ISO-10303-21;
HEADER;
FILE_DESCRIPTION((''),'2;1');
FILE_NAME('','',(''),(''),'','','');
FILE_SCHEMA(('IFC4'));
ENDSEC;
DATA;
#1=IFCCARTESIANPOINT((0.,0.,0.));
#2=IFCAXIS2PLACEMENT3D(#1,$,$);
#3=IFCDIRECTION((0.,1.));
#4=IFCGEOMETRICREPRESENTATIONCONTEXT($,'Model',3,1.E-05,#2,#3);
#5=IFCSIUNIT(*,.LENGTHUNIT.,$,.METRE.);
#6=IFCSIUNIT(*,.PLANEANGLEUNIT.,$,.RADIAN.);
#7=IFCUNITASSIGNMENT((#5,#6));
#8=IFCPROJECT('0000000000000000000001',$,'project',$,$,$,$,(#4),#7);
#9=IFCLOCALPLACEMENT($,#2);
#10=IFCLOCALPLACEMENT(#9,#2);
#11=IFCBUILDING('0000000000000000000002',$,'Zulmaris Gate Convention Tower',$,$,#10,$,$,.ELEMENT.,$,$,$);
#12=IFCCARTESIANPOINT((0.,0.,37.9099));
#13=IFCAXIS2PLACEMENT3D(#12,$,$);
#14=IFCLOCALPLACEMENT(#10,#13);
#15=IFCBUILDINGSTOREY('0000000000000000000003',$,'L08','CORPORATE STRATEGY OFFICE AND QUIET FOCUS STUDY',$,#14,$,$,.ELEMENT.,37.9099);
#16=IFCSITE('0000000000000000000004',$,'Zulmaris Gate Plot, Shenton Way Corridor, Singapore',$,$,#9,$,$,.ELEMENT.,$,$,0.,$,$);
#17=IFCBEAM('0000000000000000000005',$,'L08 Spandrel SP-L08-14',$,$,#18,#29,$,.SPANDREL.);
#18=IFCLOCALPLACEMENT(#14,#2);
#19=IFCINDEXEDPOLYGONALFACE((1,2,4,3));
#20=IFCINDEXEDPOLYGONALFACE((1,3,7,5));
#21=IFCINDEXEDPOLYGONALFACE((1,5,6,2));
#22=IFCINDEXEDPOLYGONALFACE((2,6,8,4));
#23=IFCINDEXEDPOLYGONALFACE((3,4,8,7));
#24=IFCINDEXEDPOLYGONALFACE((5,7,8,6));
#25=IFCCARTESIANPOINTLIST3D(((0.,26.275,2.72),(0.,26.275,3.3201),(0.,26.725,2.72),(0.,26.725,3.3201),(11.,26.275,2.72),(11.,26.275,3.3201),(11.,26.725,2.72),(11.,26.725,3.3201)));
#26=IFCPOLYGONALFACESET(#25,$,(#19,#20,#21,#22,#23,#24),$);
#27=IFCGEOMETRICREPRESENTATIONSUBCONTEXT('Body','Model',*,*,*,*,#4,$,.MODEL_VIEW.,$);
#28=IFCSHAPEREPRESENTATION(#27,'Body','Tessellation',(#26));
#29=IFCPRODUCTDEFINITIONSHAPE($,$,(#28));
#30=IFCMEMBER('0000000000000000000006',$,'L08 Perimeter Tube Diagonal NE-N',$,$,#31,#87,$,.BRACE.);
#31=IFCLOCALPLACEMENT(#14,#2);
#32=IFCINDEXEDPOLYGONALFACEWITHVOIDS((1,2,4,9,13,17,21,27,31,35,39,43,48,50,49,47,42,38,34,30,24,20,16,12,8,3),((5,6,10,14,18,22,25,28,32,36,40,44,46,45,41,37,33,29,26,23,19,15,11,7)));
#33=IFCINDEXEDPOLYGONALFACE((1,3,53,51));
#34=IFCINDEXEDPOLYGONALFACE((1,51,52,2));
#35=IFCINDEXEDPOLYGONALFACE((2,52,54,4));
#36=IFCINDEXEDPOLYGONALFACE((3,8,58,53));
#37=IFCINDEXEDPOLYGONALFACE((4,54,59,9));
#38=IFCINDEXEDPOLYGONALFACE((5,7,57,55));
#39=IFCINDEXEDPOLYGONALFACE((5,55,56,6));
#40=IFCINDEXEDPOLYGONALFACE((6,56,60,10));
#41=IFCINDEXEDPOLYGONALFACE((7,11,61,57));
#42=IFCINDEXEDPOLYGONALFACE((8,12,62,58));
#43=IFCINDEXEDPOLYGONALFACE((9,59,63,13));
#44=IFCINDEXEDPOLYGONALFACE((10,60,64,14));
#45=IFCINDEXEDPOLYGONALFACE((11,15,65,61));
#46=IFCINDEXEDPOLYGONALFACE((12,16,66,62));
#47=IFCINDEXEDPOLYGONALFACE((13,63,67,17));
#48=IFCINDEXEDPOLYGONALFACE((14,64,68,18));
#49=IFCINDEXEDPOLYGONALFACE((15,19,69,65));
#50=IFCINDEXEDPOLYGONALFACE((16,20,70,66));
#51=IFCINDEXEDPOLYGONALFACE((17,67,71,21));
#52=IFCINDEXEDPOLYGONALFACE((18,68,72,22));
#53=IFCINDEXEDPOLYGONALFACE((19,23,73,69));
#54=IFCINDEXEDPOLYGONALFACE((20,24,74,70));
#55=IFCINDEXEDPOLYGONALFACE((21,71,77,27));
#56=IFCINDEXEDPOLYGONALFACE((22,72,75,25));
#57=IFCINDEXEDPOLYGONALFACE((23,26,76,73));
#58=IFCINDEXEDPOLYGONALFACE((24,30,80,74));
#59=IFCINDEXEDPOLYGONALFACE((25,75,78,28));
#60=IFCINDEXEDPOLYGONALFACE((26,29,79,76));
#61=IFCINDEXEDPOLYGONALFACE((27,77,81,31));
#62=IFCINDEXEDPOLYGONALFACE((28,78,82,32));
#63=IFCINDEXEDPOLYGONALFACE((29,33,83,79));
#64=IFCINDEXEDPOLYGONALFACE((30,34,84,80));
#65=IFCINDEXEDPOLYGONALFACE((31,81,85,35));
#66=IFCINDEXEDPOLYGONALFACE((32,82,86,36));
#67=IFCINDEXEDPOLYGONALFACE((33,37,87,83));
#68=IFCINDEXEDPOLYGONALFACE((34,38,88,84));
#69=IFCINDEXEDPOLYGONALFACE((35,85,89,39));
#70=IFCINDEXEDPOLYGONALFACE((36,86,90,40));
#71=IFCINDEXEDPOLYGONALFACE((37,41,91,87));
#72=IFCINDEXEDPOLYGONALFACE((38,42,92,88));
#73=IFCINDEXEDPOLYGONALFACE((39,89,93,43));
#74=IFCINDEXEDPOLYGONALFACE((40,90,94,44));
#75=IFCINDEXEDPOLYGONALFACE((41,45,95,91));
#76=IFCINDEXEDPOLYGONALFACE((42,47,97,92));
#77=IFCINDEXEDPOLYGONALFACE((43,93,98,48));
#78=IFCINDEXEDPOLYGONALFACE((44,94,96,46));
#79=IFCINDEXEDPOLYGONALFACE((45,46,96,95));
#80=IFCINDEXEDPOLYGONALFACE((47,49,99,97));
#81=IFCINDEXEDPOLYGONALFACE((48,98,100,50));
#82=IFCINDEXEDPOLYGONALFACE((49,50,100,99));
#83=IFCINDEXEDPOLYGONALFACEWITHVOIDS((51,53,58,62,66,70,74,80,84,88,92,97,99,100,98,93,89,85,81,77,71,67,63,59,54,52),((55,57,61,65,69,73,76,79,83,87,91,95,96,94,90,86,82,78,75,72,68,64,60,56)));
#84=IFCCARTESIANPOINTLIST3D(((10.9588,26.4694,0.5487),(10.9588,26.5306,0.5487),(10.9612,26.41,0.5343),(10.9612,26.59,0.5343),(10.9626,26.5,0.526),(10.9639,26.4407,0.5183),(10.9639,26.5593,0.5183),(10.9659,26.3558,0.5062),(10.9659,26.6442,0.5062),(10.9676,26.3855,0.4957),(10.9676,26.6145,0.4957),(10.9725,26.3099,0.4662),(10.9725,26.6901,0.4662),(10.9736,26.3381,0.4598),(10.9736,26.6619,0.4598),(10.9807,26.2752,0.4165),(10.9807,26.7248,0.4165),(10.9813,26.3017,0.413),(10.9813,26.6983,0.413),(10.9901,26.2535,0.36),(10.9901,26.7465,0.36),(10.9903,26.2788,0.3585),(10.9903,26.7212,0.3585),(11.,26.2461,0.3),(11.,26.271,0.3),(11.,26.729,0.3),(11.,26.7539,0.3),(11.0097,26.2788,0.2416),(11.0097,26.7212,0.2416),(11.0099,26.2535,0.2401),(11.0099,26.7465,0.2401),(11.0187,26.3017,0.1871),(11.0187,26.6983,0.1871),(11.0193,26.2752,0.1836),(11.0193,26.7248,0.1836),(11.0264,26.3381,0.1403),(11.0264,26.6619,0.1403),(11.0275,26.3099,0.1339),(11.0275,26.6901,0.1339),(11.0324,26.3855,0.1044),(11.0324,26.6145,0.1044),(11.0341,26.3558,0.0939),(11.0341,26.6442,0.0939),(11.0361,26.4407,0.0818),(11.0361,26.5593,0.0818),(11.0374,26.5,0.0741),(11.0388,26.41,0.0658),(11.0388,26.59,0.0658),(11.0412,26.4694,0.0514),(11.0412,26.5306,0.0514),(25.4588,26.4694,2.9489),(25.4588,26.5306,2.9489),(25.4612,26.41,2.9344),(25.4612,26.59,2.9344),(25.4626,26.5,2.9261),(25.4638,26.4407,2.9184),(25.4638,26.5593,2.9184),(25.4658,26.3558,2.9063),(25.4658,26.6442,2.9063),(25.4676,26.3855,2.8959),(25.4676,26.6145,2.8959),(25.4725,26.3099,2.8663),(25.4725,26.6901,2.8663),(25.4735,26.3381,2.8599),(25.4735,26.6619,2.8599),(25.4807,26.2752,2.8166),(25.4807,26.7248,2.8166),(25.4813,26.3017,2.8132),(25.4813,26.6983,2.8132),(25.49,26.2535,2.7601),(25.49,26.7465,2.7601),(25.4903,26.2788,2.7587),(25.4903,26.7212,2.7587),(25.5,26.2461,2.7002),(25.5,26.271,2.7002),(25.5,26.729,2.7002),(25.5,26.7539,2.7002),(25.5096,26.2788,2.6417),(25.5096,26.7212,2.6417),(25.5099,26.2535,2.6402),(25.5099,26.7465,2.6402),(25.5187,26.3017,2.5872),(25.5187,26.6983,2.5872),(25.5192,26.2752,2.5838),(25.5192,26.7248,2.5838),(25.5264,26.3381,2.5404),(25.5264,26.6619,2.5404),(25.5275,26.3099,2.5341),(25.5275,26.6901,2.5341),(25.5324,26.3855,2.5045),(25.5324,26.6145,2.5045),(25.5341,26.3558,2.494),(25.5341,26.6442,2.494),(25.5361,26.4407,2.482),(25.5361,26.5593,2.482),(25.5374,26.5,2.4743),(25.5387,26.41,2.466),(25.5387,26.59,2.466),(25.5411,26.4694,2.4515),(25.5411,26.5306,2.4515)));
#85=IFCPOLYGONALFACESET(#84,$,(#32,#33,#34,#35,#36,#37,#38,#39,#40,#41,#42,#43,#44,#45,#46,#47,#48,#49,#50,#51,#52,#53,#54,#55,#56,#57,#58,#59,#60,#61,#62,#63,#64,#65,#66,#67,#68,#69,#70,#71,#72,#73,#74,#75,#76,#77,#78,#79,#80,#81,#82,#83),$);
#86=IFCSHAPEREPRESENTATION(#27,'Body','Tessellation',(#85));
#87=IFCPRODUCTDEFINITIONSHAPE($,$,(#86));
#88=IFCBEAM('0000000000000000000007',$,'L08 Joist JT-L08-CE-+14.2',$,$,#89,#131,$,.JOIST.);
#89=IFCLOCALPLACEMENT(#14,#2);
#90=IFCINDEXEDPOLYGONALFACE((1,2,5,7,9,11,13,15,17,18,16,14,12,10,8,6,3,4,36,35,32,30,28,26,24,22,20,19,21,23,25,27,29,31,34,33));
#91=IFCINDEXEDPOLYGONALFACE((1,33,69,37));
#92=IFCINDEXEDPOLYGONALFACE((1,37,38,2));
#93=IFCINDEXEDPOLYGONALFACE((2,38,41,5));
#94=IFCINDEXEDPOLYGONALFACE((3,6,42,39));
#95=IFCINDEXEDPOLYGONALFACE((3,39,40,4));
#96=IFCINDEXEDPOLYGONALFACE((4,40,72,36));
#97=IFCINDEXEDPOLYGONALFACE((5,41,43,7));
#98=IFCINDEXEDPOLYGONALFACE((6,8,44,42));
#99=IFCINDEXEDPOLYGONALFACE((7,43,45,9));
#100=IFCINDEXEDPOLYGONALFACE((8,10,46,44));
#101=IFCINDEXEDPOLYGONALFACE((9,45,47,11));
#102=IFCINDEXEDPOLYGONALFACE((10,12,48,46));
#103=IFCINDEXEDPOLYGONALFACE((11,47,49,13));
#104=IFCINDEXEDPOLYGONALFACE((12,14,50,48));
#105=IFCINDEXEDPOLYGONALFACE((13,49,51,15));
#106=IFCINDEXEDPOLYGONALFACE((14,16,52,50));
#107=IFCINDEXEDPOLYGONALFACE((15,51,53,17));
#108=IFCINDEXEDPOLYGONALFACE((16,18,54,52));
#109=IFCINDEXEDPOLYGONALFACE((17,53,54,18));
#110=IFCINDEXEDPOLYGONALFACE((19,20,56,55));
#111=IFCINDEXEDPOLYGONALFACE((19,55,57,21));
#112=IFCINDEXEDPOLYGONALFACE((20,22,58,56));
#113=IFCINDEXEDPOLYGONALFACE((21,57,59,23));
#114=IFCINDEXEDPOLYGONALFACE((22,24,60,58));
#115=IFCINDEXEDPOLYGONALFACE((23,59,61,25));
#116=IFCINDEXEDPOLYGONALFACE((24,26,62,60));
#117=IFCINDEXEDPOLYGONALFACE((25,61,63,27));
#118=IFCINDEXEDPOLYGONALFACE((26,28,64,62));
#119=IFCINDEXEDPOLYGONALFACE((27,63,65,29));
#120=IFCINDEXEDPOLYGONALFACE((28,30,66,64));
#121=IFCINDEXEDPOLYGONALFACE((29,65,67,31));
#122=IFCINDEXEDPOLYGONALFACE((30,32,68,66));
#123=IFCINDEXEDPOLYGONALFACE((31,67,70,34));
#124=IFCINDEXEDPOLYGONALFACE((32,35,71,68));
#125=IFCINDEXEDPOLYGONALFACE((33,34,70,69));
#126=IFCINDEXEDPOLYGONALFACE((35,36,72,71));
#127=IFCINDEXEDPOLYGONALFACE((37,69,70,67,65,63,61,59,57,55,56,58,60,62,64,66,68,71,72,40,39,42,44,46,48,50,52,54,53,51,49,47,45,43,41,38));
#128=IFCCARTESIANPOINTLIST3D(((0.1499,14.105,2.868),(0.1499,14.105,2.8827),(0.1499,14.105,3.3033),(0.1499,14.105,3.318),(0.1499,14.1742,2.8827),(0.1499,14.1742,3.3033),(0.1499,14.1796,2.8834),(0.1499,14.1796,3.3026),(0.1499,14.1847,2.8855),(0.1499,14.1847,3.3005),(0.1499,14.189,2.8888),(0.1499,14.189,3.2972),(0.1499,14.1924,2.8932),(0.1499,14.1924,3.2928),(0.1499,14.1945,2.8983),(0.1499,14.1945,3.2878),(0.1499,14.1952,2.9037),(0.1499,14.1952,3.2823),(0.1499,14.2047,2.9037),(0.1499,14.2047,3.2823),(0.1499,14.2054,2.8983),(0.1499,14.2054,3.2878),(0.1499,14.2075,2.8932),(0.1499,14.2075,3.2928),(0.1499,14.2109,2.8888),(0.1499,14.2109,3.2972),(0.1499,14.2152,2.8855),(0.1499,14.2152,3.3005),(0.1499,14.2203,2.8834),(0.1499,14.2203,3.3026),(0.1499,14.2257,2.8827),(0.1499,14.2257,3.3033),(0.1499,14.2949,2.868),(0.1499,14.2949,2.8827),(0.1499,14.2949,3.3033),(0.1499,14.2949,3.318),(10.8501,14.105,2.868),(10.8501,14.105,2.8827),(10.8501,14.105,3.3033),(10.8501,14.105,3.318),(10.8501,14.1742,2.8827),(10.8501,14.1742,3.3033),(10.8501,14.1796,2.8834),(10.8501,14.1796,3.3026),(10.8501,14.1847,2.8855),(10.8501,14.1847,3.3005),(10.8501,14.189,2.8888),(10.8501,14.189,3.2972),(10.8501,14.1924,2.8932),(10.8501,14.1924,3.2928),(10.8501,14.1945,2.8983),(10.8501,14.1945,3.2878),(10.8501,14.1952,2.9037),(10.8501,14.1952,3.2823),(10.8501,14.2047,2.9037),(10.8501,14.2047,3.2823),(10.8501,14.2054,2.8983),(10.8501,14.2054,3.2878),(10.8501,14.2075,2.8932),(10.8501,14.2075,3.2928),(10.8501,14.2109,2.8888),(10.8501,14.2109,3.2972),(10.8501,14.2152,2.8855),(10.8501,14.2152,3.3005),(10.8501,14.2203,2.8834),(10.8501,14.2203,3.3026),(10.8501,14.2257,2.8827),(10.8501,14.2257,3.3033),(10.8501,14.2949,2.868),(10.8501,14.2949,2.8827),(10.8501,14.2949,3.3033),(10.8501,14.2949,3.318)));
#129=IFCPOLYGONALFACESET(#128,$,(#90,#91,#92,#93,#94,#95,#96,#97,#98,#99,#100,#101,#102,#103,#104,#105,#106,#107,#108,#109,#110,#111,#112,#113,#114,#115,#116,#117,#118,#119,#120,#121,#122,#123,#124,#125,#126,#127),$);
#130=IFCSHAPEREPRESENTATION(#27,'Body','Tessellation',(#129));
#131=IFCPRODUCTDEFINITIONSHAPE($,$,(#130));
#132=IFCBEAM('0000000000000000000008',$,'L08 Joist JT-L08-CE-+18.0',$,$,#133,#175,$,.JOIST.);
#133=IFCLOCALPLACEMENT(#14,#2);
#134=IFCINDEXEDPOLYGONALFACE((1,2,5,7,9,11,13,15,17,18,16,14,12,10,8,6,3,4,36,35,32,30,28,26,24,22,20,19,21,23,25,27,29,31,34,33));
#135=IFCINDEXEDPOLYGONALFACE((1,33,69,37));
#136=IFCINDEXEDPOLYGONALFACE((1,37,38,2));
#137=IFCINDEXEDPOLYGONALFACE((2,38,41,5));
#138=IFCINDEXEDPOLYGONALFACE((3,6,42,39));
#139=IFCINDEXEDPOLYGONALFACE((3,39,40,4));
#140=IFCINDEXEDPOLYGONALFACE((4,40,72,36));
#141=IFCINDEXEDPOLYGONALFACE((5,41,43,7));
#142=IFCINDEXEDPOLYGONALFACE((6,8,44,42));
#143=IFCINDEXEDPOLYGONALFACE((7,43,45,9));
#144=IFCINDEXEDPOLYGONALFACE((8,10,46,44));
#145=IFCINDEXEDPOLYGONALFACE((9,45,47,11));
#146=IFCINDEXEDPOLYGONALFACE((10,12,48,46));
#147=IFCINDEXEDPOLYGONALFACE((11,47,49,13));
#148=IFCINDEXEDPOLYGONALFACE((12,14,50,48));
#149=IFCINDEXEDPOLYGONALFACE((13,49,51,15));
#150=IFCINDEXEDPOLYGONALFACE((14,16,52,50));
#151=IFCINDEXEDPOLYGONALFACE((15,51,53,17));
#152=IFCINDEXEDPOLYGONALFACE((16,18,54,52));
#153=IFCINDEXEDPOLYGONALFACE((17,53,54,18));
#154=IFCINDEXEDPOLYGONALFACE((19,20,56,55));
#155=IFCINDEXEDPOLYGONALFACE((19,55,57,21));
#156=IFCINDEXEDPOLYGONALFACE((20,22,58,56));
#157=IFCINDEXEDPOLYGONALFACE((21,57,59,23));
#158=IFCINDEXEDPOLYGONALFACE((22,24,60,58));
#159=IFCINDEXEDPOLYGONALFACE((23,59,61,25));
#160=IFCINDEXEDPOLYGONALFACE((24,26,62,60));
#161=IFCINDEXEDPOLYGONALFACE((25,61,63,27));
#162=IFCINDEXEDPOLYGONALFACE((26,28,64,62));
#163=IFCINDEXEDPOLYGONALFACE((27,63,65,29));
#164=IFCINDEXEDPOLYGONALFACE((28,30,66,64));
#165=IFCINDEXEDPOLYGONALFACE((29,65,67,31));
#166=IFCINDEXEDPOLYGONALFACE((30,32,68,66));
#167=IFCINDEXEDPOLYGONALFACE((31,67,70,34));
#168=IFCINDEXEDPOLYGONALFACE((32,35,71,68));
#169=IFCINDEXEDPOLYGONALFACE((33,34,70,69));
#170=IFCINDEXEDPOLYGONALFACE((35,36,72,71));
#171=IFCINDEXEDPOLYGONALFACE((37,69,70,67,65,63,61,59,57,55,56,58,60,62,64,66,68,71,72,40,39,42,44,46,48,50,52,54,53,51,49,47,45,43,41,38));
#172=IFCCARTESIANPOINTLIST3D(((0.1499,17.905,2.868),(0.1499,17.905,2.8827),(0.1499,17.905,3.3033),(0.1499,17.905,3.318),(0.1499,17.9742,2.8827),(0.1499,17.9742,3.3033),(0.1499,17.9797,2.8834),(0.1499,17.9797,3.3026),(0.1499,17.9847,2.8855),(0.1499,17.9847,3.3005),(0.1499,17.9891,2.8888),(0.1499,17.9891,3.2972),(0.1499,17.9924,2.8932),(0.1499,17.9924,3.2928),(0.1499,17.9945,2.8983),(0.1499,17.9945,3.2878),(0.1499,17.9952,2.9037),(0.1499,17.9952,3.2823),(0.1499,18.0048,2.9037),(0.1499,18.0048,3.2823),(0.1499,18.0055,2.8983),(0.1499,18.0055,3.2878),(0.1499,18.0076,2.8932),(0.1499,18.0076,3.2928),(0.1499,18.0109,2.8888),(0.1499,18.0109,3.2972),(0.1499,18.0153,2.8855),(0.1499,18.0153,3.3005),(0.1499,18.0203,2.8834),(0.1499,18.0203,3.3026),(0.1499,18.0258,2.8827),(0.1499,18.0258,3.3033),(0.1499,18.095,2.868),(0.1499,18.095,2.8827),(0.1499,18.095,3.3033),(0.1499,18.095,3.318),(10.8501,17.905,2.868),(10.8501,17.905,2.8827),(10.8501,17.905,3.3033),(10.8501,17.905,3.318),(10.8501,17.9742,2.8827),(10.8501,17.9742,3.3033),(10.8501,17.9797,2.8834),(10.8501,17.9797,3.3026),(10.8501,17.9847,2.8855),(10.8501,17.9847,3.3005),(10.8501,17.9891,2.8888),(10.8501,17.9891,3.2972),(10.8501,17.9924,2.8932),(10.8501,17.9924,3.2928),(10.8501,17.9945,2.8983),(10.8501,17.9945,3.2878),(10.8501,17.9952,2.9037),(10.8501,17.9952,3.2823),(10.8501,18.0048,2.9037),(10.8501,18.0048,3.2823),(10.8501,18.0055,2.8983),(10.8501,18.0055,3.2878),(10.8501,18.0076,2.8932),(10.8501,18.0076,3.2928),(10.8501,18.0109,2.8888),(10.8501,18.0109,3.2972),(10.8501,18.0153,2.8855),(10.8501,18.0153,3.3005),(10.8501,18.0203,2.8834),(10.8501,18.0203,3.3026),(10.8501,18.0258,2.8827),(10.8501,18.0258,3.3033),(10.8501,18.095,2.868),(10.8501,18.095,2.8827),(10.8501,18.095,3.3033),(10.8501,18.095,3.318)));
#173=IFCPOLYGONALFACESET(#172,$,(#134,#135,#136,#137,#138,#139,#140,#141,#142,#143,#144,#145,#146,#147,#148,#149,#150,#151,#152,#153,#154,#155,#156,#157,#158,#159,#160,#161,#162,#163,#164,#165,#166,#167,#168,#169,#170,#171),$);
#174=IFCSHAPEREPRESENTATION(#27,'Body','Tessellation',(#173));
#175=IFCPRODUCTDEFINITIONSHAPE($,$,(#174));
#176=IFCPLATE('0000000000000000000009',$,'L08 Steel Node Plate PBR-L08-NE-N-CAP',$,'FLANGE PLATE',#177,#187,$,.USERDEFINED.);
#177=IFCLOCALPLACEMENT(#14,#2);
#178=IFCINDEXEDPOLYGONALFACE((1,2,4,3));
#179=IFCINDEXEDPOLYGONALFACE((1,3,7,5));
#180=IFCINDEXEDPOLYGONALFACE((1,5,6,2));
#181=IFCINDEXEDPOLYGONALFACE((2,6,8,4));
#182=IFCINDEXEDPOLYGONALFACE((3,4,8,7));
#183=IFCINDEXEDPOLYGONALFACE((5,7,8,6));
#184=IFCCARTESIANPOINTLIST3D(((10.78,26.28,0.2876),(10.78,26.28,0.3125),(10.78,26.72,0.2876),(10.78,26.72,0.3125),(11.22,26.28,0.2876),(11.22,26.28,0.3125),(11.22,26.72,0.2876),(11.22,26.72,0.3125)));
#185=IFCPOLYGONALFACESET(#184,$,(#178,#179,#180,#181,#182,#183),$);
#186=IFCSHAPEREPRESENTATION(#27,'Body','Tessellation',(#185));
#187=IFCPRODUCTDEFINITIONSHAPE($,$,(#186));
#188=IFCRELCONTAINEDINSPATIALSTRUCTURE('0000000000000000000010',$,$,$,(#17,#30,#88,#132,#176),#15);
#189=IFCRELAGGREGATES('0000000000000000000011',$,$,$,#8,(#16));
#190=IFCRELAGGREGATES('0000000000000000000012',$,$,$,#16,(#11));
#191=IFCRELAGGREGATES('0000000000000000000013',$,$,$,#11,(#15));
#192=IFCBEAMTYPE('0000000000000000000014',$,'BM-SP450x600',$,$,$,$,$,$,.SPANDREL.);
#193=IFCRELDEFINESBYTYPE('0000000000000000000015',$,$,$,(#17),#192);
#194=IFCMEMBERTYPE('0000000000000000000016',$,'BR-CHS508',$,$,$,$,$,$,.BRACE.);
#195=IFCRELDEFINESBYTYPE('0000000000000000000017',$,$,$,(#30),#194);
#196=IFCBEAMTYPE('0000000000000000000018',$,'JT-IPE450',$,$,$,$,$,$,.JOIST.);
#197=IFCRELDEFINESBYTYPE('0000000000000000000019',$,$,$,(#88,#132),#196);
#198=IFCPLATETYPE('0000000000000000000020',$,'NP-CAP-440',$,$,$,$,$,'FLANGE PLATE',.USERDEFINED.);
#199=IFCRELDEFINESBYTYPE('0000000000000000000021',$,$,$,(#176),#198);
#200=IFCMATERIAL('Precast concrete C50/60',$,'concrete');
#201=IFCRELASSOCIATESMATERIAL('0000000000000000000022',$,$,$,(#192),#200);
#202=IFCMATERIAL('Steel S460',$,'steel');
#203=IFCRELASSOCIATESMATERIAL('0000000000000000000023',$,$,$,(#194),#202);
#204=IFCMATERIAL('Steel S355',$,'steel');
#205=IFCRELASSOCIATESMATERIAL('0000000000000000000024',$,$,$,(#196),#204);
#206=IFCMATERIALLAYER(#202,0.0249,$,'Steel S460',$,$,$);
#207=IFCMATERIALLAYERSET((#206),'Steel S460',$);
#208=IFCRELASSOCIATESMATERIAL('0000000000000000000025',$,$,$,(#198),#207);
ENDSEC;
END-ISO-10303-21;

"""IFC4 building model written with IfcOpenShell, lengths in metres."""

from ifc_helpers import new_model, si_unit, direction, frame, origin, origin_2d, place, context, subcontext, project, spatial, rectangle, hollow_circle, i_section, extrude, material, layer, layer_set, material_profile, profile_set, type_object, element, save


model = new_model("IFC4")

# Units and contexts
model_context = context("Model", 3, precision=1e-05, world=origin(), true_north=direction((0.0, 1.0)))
body_context = subcontext(model_context, "Body", "Model", "MODEL_VIEW")
ifc_project = project(units=[si_unit("LENGTHUNIT", "METRE"), si_unit("PLANEANGLEUNIT", "RADIAN")], contexts=[model_context])

# Site, building, storey
site_placement = place(None, origin())
site = spatial("IfcSite", under=ifc_project, at=site_placement, Name="Zulmaris Gate Plot, Shenton Way Corridor, Singapore", CompositionType="ELEMENT", RefElevation=0.0)
building_placement = place(site_placement, origin())
building = spatial("IfcBuilding", under=site, at=building_placement, Name="Zulmaris Gate Convention Tower", CompositionType="ELEMENT")
storey_placement = place(building_placement, frame((0.0, 0.0, 37.9099)))
storey = spatial("IfcBuildingStorey", under=building, at=storey_placement, Name="L08", Description="CORPORATE STRATEGY OFFICE AND QUIET FOCUS STUDY", CompositionType="ELEMENT", Elevation=37.9099)

# Beam
ifc_material_1 = material(Name="Steel S355", Category="steel")
ifc_material_2 = material(Name="Precast concrete C50/60", Category="concrete")
ifc_material_profile_1 = material_profile(ifc_material_2, rectangle(XDim=0.45, YDim=0.6001, at=origin_2d()), Name="RC SPANDREL 450x600")
ifc_profile_set_1 = profile_set([ifc_material_profile_1], Name="Precast concrete C50/60")
beam_type_1 = type_object("IfcBeamType", Name="BM-SP450x600", PredefinedType="SPANDREL", material=ifc_profile_set_1)
beam_1_placement = place(storey_placement, frame((11.0, 26.5, 3.02), z_axis=(-1.0, 0.0, 0.0), x_axis=(0.0, -1.0, 0.0)))
element("IfcBeam", 1, at=beam_1_placement, inside=storey, type_object=beam_type_1, Name="L08 Spandrel SP-L08-14", PredefinedType="SPANDREL", context=body_context, shape_type="SweptSolid", body=[
    extrude(rectangle(XDim=0.45, YDim=0.6001, at=origin_2d()), origin(), (0.0, 0.0, 1.0), 11.0),
])

# Member
ifc_material_3 = material(Name="Steel S460", Category="steel")
ifc_material_profile_2 = material_profile(ifc_material_3, hollow_circle(Radius=0.2539, WallThickness=0.0249, at=origin_2d()), Name="CHS 508x25")
ifc_profile_set_2 = profile_set([ifc_material_profile_2], Name="Steel S460")
member_type = type_object("IfcMemberType", Name="BR-CHS508", PredefinedType="BRACE", material=ifc_profile_set_2)
member_placement = place(storey_placement, frame((11.0, 26.5, 0.3), z_axis=(0.986576, 0.0, 0.163305), x_axis=(0.0, 1.0, 0.0)))
element("IfcMember", 2, at=member_placement, inside=storey, type_object=member_type, Name="L08 Perimeter Tube Diagonal NE-N", PredefinedType="BRACE", context=body_context, shape_type="SweptSolid", body=[
    extrude(hollow_circle(Radius=0.2539, WallThickness=0.0249, at=origin_2d()), origin(), (0.0, 0.0, 1.0), 14.6973),
])

# Beams
ifc_material_profile_3 = material_profile(ifc_material_1, i_section(OverallWidth=0.1899, OverallDepth=0.45, WebThickness=0.0095, FlangeThickness=0.0146, FilletRadius=0.021, at=origin_2d()), Name="IPE 450")
ifc_profile_set_3 = profile_set([ifc_material_profile_3], Name="Steel S355")
beam_type_2 = type_object("IfcBeamType", Name="JT-IPE450", PredefinedType="JOIST", material=ifc_profile_set_3)
for number, where, z_axis, x_axis, name in (
    (3, (0.1499, 14.2, 3.093), (1.0, 0.0, 0.0), (0.0, 1.0, 0.0), "L08 Joist JT-L08-CE-+14.2"),
    (4, (0.1499, 18.0, 3.093), (1.0, 0.0, 0.0), (0.0, 1.0, 0.0), "L08 Joist JT-L08-CE-+18.0"),
):
    element("IfcBeam", number, at=place(storey_placement, frame(where, z_axis=z_axis, x_axis=x_axis)), inside=storey, type_object=beam_type_2, Name=name, PredefinedType="JOIST", context=body_context, shape_type="SweptSolid", body=[
        extrude(i_section(OverallWidth=0.1899, OverallDepth=0.45, WebThickness=0.0095, FlangeThickness=0.0146, FilletRadius=0.021, at=origin_2d()), origin(), (0.0, 0.0, 1.0), 10.7002),
    ])

# Plate
ifc_layer_1 = layer(ifc_material_3, 0.0249, Name="Steel S460")
ifc_layer_set_1 = layer_set([ifc_layer_1], Name="Steel S460")
plate_type = type_object("IfcPlateType", Name="NP-CAP-440", ElementType="FLANGE PLATE", PredefinedType="USERDEFINED", material=ifc_layer_set_1)
plate_placement = place(storey_placement, frame((11.0, 26.5, 0.2876), z_axis=(0.0, 0.0, 1.0), x_axis=(1.0, 0.0, 0.0)))
element("IfcPlate", 5, at=plate_placement, inside=storey, type_object=plate_type, Name="L08 Steel Node Plate PBR-L08-NE-N-CAP", ObjectType="FLANGE PLATE", PredefinedType="USERDEFINED", context=body_context, shape_type="SweptSolid", body=[
    extrude(rectangle(XDim=0.4399, YDim=0.4399, at=origin_2d()), origin(), (0.0, 0.0, 1.0), 0.0249),
])

save(model, "model.ifc")
